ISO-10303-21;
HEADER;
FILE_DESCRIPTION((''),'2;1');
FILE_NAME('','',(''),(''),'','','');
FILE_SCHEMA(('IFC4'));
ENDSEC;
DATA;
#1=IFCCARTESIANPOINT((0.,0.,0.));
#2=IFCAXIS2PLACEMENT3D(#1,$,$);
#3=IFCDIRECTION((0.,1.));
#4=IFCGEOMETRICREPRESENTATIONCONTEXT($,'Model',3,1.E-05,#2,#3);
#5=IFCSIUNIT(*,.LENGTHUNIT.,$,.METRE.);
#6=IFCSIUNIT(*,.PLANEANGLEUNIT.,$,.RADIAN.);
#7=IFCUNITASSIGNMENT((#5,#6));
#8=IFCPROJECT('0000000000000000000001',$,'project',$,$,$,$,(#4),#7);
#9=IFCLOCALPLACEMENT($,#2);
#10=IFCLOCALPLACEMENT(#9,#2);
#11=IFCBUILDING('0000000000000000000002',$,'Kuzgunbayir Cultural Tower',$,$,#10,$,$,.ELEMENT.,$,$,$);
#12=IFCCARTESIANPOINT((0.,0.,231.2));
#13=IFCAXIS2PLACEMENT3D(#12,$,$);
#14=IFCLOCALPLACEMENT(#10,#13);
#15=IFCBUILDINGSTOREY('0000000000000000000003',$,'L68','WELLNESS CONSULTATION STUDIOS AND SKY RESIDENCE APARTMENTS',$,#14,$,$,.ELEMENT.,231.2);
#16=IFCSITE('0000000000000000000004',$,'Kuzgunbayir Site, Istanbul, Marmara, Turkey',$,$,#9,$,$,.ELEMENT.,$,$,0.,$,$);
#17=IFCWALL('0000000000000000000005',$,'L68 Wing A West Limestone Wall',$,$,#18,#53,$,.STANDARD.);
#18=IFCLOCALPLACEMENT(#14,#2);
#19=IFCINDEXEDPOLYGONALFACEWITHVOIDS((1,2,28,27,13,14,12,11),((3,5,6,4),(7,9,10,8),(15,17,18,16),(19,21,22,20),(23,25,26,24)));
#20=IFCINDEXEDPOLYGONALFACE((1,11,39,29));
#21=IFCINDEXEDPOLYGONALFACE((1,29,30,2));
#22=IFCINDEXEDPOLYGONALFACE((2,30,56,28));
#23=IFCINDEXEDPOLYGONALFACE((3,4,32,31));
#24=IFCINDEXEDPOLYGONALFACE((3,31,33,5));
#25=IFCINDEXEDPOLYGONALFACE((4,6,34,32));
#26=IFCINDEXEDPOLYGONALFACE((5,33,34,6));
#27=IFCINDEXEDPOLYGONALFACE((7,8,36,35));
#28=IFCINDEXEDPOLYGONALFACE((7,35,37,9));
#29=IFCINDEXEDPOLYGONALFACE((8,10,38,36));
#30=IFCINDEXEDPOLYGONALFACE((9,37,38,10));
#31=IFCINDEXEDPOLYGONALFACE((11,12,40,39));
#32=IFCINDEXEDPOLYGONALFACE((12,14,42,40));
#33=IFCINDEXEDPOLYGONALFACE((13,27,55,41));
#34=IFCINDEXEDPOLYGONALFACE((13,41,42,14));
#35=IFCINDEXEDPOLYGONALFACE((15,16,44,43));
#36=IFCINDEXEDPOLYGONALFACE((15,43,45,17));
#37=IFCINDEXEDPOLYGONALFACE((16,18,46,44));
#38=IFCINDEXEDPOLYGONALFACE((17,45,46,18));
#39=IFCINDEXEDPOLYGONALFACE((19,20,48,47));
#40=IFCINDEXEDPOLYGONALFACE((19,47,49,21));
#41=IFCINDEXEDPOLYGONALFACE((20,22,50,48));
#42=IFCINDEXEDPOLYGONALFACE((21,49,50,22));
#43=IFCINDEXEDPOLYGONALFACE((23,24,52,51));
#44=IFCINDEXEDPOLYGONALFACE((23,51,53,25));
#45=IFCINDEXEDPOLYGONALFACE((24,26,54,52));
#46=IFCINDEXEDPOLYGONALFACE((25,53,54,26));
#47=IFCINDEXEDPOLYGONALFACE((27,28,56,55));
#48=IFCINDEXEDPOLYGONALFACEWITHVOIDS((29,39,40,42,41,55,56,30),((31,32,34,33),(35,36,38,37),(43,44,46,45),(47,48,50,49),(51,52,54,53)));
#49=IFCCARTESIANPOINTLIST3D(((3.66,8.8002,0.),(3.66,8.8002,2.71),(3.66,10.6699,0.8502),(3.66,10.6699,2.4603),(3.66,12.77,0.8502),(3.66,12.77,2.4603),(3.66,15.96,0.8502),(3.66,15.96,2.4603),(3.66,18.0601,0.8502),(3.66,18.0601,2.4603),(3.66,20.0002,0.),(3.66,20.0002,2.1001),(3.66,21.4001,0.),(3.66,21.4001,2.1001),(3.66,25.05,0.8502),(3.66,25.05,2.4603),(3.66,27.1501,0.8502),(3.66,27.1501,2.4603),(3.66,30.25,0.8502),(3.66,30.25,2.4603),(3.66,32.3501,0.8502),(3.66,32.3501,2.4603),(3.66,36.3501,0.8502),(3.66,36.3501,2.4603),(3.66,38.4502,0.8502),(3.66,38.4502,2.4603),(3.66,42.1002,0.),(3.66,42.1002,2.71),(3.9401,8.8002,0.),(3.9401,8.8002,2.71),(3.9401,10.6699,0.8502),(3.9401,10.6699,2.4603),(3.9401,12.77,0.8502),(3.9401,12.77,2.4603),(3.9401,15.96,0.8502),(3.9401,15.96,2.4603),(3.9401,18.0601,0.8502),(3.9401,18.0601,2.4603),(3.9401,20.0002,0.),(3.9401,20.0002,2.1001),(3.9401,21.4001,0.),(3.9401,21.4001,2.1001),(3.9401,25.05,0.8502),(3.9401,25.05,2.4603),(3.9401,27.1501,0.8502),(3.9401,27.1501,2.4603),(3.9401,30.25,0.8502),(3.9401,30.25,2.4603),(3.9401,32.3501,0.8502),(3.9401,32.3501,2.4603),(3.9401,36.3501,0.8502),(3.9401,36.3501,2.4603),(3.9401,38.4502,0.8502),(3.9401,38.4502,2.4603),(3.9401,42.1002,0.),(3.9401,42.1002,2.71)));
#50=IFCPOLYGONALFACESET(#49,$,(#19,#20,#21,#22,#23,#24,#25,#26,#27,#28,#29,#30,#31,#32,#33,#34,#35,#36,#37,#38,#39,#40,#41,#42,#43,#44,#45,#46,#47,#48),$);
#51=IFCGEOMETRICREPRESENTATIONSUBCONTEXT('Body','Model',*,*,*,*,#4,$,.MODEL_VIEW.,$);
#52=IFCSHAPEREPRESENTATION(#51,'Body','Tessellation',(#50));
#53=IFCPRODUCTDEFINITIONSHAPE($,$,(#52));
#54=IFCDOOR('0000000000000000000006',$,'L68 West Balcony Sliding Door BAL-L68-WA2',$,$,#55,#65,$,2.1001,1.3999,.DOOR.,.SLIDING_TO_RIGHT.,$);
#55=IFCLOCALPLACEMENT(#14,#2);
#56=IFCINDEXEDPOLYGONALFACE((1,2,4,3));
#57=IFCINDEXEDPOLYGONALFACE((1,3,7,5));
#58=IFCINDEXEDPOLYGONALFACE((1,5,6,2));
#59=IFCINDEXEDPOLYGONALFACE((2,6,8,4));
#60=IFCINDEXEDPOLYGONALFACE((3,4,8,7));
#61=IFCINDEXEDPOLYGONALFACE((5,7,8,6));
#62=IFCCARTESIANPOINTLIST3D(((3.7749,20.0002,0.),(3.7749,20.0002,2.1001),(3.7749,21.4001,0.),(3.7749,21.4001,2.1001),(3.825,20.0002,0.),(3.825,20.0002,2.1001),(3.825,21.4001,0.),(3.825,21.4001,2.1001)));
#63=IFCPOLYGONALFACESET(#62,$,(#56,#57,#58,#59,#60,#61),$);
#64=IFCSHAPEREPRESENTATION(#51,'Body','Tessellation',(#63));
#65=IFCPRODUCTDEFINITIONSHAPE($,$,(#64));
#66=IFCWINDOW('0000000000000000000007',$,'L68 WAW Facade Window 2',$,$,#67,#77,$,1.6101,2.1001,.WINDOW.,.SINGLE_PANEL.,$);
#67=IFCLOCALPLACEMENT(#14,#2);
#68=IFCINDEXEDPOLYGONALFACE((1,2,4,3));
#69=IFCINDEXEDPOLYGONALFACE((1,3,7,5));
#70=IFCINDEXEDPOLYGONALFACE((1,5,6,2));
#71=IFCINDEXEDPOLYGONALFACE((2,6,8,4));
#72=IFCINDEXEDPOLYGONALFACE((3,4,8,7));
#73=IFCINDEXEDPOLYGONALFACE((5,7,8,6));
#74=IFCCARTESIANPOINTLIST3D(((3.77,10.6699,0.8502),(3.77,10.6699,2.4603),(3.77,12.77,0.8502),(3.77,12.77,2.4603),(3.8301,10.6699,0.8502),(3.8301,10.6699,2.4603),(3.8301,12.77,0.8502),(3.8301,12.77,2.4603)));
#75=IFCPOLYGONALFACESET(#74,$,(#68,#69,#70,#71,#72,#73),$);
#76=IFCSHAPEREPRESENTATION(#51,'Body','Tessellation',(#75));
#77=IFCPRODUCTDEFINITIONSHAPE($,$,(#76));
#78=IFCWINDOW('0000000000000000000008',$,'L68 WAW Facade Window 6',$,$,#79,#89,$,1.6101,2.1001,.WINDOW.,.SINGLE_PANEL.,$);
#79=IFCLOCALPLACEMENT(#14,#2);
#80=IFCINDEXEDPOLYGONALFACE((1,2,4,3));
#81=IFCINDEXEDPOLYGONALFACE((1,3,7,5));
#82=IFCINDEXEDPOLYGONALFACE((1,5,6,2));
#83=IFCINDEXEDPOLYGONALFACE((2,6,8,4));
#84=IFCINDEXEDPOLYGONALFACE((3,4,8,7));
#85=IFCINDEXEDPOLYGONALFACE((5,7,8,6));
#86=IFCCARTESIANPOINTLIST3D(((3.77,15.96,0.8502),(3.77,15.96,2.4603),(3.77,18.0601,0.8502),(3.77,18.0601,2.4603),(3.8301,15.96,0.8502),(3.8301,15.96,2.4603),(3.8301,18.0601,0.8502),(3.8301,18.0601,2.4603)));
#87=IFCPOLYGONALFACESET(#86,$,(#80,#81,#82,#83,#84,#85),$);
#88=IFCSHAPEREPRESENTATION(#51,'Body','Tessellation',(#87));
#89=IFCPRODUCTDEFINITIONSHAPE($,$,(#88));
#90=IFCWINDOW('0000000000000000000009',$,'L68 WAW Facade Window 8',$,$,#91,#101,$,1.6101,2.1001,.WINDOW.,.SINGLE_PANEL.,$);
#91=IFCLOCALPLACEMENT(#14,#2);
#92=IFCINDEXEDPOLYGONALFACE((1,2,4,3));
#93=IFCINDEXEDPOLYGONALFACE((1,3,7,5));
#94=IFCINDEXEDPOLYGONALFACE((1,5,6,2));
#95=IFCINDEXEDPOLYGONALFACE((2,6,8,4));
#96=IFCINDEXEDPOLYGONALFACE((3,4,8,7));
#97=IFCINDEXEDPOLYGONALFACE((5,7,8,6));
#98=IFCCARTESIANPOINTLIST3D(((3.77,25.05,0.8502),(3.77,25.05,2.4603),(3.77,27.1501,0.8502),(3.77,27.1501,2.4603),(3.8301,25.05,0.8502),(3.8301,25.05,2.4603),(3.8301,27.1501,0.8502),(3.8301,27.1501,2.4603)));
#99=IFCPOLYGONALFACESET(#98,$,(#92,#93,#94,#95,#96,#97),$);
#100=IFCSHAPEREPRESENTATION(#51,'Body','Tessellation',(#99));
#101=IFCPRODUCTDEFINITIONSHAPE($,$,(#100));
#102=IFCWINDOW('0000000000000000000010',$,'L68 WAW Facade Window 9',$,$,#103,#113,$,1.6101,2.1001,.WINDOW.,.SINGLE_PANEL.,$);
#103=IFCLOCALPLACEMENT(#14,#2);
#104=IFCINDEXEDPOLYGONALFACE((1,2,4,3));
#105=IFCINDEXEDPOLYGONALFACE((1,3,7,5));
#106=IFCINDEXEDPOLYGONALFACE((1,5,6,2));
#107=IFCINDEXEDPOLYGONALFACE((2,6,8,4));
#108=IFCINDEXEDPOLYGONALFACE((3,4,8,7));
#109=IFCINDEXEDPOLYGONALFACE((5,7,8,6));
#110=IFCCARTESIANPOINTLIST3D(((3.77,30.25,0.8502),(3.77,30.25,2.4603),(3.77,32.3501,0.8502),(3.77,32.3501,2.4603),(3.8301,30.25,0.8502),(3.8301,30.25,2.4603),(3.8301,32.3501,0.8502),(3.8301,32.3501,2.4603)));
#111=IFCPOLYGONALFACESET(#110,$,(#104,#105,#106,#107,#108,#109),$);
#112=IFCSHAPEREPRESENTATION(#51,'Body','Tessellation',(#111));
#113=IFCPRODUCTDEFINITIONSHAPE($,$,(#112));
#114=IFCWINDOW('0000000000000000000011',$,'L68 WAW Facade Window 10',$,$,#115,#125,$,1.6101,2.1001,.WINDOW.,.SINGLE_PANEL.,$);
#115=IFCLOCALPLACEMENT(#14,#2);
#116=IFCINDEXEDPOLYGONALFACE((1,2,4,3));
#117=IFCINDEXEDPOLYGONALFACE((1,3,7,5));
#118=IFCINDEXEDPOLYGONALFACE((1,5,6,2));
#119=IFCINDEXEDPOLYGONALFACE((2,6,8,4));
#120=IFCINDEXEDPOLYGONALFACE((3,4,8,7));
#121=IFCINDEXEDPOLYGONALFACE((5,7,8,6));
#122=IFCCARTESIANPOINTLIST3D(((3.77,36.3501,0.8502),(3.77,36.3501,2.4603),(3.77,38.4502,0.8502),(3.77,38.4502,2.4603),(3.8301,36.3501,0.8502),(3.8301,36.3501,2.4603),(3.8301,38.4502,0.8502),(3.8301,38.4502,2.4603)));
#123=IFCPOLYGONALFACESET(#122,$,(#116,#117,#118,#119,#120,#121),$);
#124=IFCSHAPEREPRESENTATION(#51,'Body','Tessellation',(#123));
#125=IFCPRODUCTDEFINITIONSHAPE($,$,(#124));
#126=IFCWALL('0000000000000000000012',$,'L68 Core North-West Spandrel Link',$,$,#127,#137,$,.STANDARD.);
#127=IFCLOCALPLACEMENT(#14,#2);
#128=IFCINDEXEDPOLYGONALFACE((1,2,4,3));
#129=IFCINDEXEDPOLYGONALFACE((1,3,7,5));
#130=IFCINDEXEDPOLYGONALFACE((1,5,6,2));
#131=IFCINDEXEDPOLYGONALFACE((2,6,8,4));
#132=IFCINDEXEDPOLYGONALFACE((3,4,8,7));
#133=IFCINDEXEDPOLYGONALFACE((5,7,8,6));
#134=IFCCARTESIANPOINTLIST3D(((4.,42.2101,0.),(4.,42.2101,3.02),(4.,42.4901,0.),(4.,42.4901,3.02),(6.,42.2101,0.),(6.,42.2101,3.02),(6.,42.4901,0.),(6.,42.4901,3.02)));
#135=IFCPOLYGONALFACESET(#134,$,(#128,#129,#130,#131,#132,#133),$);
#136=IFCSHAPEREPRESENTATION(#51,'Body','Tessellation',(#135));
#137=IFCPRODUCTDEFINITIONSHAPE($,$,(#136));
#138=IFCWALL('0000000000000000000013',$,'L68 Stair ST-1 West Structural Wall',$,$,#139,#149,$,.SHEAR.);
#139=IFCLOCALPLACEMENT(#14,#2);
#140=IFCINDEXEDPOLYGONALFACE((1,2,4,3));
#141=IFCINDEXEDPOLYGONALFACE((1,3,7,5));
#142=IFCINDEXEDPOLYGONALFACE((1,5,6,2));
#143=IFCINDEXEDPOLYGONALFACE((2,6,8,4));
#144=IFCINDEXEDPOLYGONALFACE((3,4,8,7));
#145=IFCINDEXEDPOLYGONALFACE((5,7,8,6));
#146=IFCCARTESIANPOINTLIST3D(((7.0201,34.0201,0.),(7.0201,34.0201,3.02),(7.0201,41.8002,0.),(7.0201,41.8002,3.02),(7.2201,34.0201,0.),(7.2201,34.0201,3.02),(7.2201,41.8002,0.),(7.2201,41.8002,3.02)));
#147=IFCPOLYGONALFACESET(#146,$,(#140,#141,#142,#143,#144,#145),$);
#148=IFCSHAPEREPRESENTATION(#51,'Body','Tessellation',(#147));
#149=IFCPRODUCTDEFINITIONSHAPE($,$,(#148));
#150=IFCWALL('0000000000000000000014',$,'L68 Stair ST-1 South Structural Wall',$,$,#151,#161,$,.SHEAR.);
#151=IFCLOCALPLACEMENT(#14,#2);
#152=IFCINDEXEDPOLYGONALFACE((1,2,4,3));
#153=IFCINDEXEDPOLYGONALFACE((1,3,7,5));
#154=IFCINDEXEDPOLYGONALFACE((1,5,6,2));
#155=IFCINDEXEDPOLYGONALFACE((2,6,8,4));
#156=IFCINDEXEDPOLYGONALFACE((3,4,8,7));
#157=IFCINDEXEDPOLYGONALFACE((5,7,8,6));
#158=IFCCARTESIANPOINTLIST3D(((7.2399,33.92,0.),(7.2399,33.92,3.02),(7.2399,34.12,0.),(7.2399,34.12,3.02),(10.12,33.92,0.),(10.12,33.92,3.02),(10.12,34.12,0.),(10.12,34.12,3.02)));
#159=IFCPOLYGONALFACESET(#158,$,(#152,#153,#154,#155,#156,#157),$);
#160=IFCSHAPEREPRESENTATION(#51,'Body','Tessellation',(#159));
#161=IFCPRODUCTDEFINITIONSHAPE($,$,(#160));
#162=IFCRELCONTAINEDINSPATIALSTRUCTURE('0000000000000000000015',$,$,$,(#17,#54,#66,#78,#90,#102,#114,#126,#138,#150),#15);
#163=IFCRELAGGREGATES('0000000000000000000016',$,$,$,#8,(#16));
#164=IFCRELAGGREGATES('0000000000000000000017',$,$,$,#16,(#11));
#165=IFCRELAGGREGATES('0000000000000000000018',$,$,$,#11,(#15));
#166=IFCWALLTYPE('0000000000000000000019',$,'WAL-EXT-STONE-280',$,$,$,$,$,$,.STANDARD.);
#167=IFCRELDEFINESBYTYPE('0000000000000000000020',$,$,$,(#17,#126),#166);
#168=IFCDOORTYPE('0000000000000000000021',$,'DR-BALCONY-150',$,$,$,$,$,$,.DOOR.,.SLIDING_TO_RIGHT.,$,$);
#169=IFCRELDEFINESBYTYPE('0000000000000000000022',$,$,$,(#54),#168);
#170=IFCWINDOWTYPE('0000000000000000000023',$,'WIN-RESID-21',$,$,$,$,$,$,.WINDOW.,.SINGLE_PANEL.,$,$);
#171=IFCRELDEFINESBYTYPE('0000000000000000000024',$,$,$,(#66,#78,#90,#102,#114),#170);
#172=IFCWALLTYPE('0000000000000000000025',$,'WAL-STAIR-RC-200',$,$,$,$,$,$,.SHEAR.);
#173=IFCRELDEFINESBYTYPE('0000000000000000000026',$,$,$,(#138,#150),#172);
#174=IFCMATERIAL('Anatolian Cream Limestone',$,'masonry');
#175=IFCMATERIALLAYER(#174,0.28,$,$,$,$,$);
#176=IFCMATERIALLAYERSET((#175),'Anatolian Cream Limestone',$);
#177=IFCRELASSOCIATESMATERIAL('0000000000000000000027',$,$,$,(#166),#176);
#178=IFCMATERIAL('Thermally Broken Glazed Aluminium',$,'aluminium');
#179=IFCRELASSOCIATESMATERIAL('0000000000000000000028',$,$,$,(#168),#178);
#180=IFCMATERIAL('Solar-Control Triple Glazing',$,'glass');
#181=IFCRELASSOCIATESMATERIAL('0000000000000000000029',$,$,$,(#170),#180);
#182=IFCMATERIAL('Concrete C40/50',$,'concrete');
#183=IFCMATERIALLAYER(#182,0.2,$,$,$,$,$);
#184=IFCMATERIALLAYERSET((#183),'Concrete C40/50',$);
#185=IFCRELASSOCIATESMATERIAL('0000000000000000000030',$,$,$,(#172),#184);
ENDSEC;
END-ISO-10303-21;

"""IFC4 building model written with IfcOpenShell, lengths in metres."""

from ifc_helpers import new_model, si_unit, direction, frame, frame_2d, origin, place, context, subcontext, project, spatial, rectangle, extrude, material, layer, layer_set, type_object, element, fill, save


model = new_model("IFC4")

# Units and contexts
model_context = context("Model", 3, precision=1e-05, world=origin(), true_north=direction((0.0, 1.0)))
body_context = subcontext(model_context, "Body", "Model", "MODEL_VIEW")
ifc_project = project(units=[si_unit("LENGTHUNIT", "METRE"), si_unit("PLANEANGLEUNIT", "RADIAN")], contexts=[model_context])

# Site, building, storey
site_placement = place(None, origin())
site = spatial("IfcSite", under=ifc_project, at=site_placement, Name="Kuzgunbayir Site, Istanbul, Marmara, Turkey", CompositionType="ELEMENT", RefElevation=0.0)
building_placement = place(site_placement, origin())
building = spatial("IfcBuilding", under=site, at=building_placement, Name="Kuzgunbayir Cultural Tower", CompositionType="ELEMENT")
storey_placement = place(building_placement, frame((0.0, 0.0, 231.2)))
storey = spatial("IfcBuildingStorey", under=building, at=storey_placement, Name="L68", Description="WELLNESS CONSULTATION STUDIOS AND SKY RESIDENCE APARTMENTS", CompositionType="ELEMENT", Elevation=231.2)

# Wall, openings, door, windows
ifc_material_1 = material(Name="Anatolian Cream Limestone", Category="masonry")
ifc_layer_1 = layer(ifc_material_1, 0.28)
ifc_layer_set_1 = layer_set([ifc_layer_1], Name="Anatolian Cream Limestone")
wall_type_1 = type_object("IfcWallType", Name="WAL-EXT-STONE-280", PredefinedType="STANDARD", material=ifc_layer_set_1)
wall_1_placement = place(storey_placement, frame((3.8, 42.1001, 0.0), z_axis=(0.0, 0.0, 1.0), x_axis=(0.0, -1.0, 0.0)))
wall_1 = element("IfcWall", 1, at=wall_1_placement, inside=storey, type_object=wall_type_1, Name="L68 Wing A West Limestone Wall", PredefinedType="STANDARD", context=body_context, shape_type="SweptSolid", body=[
    extrude(rectangle(XDim=33.3, YDim=0.28, at=frame_2d((16.6499, 0.0))), origin(), (0.0, 0.0, 1.0), 2.71),
])
opening_1_placement = place(wall_1_placement, frame((20.7, 0.0, 0.0)))
opening_1 = element("IfcOpeningElement", 2, at=opening_1_placement, cuts=wall_1, PredefinedType="OPENING", context=body_context, shape_type="SweptSolid", body=[
    extrude(rectangle(XDim=1.3999, YDim=2.1001, at=frame_2d((0.7, 1.05))), frame((0.0, 0.1499, 0.0), z_axis=(0.0, -1.0, 0.0), x_axis=(1.0, 0.0, 0.0)), (0.0, 0.0, 1.0), 0.3),
])
opening_2_placement = place(wall_1_placement, frame((29.3301, 0.0, 0.8501)))
opening_2 = element("IfcOpeningElement", 3, at=opening_2_placement, cuts=wall_1, PredefinedType="OPENING", context=body_context, shape_type="SweptSolid", body=[
    extrude(rectangle(XDim=2.1001, YDim=1.6101, at=frame_2d((1.05, 0.8052))), frame((0.0, 0.1499, 0.0), z_axis=(0.0, -1.0, 0.0), x_axis=(1.0, 0.0, 0.0)), (0.0, 0.0, 1.0), 0.3),
])
opening_3_placement = place(wall_1_placement, frame((24.04, 0.0, 0.8501)))
opening_3 = element("IfcOpeningElement", 4, at=opening_3_placement, cuts=wall_1, PredefinedType="OPENING", context=body_context, shape_type="SweptSolid", body=[
    extrude(rectangle(XDim=2.1001, YDim=1.6101, at=frame_2d((1.05, 0.8052))), frame((0.0, 0.1499, 0.0), z_axis=(0.0, -1.0, 0.0), x_axis=(1.0, 0.0, 0.0)), (0.0, 0.0, 1.0), 0.3),
])
opening_4_placement = place(wall_1_placement, frame((14.95, 0.0, 0.8501)))
opening_4 = element("IfcOpeningElement", 5, at=opening_4_placement, cuts=wall_1, PredefinedType="OPENING", context=body_context, shape_type="SweptSolid", body=[
    extrude(rectangle(XDim=2.1001, YDim=1.6101, at=frame_2d((1.05, 0.8052))), frame((0.0, 0.1499, 0.0), z_axis=(0.0, -1.0, 0.0), x_axis=(1.0, 0.0, 0.0)), (0.0, 0.0, 1.0), 0.3),
])
opening_5_placement = place(wall_1_placement, frame((9.75, 0.0, 0.8501)))
opening_5 = element("IfcOpeningElement", 6, at=opening_5_placement, cuts=wall_1, PredefinedType="OPENING", context=body_context, shape_type="SweptSolid", body=[
    extrude(rectangle(XDim=2.1001, YDim=1.6101, at=frame_2d((1.05, 0.8052))), frame((0.0, 0.1499, 0.0), z_axis=(0.0, -1.0, 0.0), x_axis=(1.0, 0.0, 0.0)), (0.0, 0.0, 1.0), 0.3),
])
opening_6_placement = place(wall_1_placement, frame((3.6499, 0.0, 0.8501)))
opening_6 = element("IfcOpeningElement", 7, at=opening_6_placement, cuts=wall_1, PredefinedType="OPENING", context=body_context, shape_type="SweptSolid", body=[
    extrude(rectangle(XDim=2.1001, YDim=1.6101, at=frame_2d((1.05, 0.8052))), frame((0.0, 0.1499, 0.0), z_axis=(0.0, -1.0, 0.0), x_axis=(1.0, 0.0, 0.0)), (0.0, 0.0, 1.0), 0.3),
])
ifc_material_2 = material(Name="Thermally Broken Glazed Aluminium", Category="aluminium")
door_type = type_object("IfcDoorType", Name="DR-BALCONY-150", OperationType="SLIDING_TO_RIGHT", PredefinedType="DOOR", material=ifc_material_2)
door_placement = place(opening_1_placement, origin())
door = element("IfcDoor", 8, at=door_placement, inside=storey, type_object=door_type, Name="L68 West Balcony Sliding Door BAL-L68-WA2", OperationType="SLIDING_TO_RIGHT", OverallHeight=2.1001, OverallWidth=1.3999, PredefinedType="DOOR", context=body_context, shape_type="SweptSolid", body=[
    extrude(rectangle(XDim=1.3999, YDim=2.1001, at=frame_2d((0.7, 1.05))), frame((0.0, 0.0249, 0.0), z_axis=(0.0, -1.0, 0.0), x_axis=(1.0, 0.0, 0.0)), (0.0, 0.0, 1.0), 0.05),
])
fill(opening_1, door)
ifc_material_3 = material(Name="Solar-Control Triple Glazing", Category="glass")
window_type = type_object("IfcWindowType", Name="WIN-RESID-21", PartitioningType="SINGLE_PANEL", PredefinedType="WINDOW", material=ifc_material_3)
window_1_placement = place(opening_2_placement, origin())
window_1 = element("IfcWindow", 9, at=window_1_placement, inside=storey, type_object=window_type, Name="L68 WAW Facade Window 2", OverallHeight=1.6101, OverallWidth=2.1001, PartitioningType="SINGLE_PANEL", PredefinedType="WINDOW", context=body_context, shape_type="SweptSolid", body=[
    extrude(rectangle(XDim=2.1001, YDim=1.6101, at=frame_2d((1.05, 0.8052))), frame((0.0, 0.03, 0.0), z_axis=(0.0, -1.0, 0.0), x_axis=(1.0, 0.0, 0.0)), (0.0, 0.0, 1.0), 0.0601),
])
fill(opening_2, window_1)
window_2_placement = place(opening_3_placement, origin())
window_2 = element("IfcWindow", 10, at=window_2_placement, inside=storey, type_object=window_type, Name="L68 WAW Facade Window 6", OverallHeight=1.6101, OverallWidth=2.1001, PartitioningType="SINGLE_PANEL", PredefinedType="WINDOW", context=body_context, shape_type="SweptSolid", body=[
    extrude(rectangle(XDim=2.1001, YDim=1.6101, at=frame_2d((1.05, 0.8052))), frame((0.0, 0.03, 0.0), z_axis=(0.0, -1.0, 0.0), x_axis=(1.0, 0.0, 0.0)), (0.0, 0.0, 1.0), 0.0601),
])
fill(opening_3, window_2)
window_3_placement = place(opening_4_placement, origin())
window_3 = element("IfcWindow", 11, at=window_3_placement, inside=storey, type_object=window_type, Name="L68 WAW Facade Window 8", OverallHeight=1.6101, OverallWidth=2.1001, PartitioningType="SINGLE_PANEL", PredefinedType="WINDOW", context=body_context, shape_type="SweptSolid", body=[
    extrude(rectangle(XDim=2.1001, YDim=1.6101, at=frame_2d((1.05, 0.8052))), frame((0.0, 0.03, 0.0), z_axis=(0.0, -1.0, 0.0), x_axis=(1.0, 0.0, 0.0)), (0.0, 0.0, 1.0), 0.0601),
])
fill(opening_4, window_3)
window_4_placement = place(opening_5_placement, origin())
window_4 = element("IfcWindow", 12, at=window_4_placement, inside=storey, type_object=window_type, Name="L68 WAW Facade Window 9", OverallHeight=1.6101, OverallWidth=2.1001, PartitioningType="SINGLE_PANEL", PredefinedType="WINDOW", context=body_context, shape_type="SweptSolid", body=[
    extrude(rectangle(XDim=2.1001, YDim=1.6101, at=frame_2d((1.05, 0.8052))), frame((0.0, 0.03, 0.0), z_axis=(0.0, -1.0, 0.0), x_axis=(1.0, 0.0, 0.0)), (0.0, 0.0, 1.0), 0.0601),
])
fill(opening_5, window_4)
window_5_placement = place(opening_6_placement, origin())
window_5 = element("IfcWindow", 13, at=window_5_placement, inside=storey, type_object=window_type, Name="L68 WAW Facade Window 10", OverallHeight=1.6101, OverallWidth=2.1001, PartitioningType="SINGLE_PANEL", PredefinedType="WINDOW", context=body_context, shape_type="SweptSolid", body=[
    extrude(rectangle(XDim=2.1001, YDim=1.6101, at=frame_2d((1.05, 0.8052))), frame((0.0, 0.03, 0.0), z_axis=(0.0, -1.0, 0.0), x_axis=(1.0, 0.0, 0.0)), (0.0, 0.0, 1.0), 0.0601),
])
fill(opening_6, window_5)

# Walls
wall_2_placement = place(storey_placement, frame((6.0, 42.3501, 0.0), z_axis=(0.0, 0.0, 1.0), x_axis=(-1.0, 0.0, 0.0)))
element("IfcWall", 14, at=wall_2_placement, inside=storey, type_object=wall_type_1, Name="L68 Core North-West Spandrel Link", PredefinedType="STANDARD", context=body_context, shape_type="SweptSolid", body=[
    extrude(rectangle(XDim=2.0, YDim=0.28, at=frame_2d((1.0, 0.0))), origin(), (0.0, 0.0, 1.0), 3.02),
])
ifc_material_4 = material(Name="Concrete C40/50", Category="concrete")
ifc_layer_2 = layer(ifc_material_4, 0.2)
ifc_layer_set_2 = layer_set([ifc_layer_2], Name="Concrete C40/50")
wall_type_2 = type_object("IfcWallType", Name="WAL-STAIR-RC-200", PredefinedType="SHEAR", material=ifc_layer_set_2)
wall_3_placement = place(storey_placement, frame((7.1201, 34.02, 0.0), z_axis=(0.0, 0.0, 1.0), x_axis=(0.0, 1.0, 0.0)))
element("IfcWall", 15, at=wall_3_placement, inside=storey, type_object=wall_type_2, Name="L68 Stair ST-1 West Structural Wall", PredefinedType="SHEAR", context=body_context, shape_type="SweptSolid", body=[
    extrude(rectangle(XDim=7.78, YDim=0.2, at=frame_2d((3.8901, 0.0))), origin(), (0.0, 0.0, 1.0), 3.02),
])
wall_4_placement = place(storey_placement, frame((7.24, 34.02, 0.0), z_axis=(0.0, 0.0, 1.0), x_axis=(1.0, 0.0, 0.0)))
element("IfcWall", 16, at=wall_4_placement, inside=storey, type_object=wall_type_2, Name="L68 Stair ST-1 South Structural Wall", PredefinedType="SHEAR", context=body_context, shape_type="SweptSolid", body=[
    extrude(rectangle(XDim=2.8801, YDim=0.2, at=frame_2d((1.4399, 0.0))), origin(), (0.0, 0.0, 1.0), 3.02),
])

save(model, "model.ifc")
